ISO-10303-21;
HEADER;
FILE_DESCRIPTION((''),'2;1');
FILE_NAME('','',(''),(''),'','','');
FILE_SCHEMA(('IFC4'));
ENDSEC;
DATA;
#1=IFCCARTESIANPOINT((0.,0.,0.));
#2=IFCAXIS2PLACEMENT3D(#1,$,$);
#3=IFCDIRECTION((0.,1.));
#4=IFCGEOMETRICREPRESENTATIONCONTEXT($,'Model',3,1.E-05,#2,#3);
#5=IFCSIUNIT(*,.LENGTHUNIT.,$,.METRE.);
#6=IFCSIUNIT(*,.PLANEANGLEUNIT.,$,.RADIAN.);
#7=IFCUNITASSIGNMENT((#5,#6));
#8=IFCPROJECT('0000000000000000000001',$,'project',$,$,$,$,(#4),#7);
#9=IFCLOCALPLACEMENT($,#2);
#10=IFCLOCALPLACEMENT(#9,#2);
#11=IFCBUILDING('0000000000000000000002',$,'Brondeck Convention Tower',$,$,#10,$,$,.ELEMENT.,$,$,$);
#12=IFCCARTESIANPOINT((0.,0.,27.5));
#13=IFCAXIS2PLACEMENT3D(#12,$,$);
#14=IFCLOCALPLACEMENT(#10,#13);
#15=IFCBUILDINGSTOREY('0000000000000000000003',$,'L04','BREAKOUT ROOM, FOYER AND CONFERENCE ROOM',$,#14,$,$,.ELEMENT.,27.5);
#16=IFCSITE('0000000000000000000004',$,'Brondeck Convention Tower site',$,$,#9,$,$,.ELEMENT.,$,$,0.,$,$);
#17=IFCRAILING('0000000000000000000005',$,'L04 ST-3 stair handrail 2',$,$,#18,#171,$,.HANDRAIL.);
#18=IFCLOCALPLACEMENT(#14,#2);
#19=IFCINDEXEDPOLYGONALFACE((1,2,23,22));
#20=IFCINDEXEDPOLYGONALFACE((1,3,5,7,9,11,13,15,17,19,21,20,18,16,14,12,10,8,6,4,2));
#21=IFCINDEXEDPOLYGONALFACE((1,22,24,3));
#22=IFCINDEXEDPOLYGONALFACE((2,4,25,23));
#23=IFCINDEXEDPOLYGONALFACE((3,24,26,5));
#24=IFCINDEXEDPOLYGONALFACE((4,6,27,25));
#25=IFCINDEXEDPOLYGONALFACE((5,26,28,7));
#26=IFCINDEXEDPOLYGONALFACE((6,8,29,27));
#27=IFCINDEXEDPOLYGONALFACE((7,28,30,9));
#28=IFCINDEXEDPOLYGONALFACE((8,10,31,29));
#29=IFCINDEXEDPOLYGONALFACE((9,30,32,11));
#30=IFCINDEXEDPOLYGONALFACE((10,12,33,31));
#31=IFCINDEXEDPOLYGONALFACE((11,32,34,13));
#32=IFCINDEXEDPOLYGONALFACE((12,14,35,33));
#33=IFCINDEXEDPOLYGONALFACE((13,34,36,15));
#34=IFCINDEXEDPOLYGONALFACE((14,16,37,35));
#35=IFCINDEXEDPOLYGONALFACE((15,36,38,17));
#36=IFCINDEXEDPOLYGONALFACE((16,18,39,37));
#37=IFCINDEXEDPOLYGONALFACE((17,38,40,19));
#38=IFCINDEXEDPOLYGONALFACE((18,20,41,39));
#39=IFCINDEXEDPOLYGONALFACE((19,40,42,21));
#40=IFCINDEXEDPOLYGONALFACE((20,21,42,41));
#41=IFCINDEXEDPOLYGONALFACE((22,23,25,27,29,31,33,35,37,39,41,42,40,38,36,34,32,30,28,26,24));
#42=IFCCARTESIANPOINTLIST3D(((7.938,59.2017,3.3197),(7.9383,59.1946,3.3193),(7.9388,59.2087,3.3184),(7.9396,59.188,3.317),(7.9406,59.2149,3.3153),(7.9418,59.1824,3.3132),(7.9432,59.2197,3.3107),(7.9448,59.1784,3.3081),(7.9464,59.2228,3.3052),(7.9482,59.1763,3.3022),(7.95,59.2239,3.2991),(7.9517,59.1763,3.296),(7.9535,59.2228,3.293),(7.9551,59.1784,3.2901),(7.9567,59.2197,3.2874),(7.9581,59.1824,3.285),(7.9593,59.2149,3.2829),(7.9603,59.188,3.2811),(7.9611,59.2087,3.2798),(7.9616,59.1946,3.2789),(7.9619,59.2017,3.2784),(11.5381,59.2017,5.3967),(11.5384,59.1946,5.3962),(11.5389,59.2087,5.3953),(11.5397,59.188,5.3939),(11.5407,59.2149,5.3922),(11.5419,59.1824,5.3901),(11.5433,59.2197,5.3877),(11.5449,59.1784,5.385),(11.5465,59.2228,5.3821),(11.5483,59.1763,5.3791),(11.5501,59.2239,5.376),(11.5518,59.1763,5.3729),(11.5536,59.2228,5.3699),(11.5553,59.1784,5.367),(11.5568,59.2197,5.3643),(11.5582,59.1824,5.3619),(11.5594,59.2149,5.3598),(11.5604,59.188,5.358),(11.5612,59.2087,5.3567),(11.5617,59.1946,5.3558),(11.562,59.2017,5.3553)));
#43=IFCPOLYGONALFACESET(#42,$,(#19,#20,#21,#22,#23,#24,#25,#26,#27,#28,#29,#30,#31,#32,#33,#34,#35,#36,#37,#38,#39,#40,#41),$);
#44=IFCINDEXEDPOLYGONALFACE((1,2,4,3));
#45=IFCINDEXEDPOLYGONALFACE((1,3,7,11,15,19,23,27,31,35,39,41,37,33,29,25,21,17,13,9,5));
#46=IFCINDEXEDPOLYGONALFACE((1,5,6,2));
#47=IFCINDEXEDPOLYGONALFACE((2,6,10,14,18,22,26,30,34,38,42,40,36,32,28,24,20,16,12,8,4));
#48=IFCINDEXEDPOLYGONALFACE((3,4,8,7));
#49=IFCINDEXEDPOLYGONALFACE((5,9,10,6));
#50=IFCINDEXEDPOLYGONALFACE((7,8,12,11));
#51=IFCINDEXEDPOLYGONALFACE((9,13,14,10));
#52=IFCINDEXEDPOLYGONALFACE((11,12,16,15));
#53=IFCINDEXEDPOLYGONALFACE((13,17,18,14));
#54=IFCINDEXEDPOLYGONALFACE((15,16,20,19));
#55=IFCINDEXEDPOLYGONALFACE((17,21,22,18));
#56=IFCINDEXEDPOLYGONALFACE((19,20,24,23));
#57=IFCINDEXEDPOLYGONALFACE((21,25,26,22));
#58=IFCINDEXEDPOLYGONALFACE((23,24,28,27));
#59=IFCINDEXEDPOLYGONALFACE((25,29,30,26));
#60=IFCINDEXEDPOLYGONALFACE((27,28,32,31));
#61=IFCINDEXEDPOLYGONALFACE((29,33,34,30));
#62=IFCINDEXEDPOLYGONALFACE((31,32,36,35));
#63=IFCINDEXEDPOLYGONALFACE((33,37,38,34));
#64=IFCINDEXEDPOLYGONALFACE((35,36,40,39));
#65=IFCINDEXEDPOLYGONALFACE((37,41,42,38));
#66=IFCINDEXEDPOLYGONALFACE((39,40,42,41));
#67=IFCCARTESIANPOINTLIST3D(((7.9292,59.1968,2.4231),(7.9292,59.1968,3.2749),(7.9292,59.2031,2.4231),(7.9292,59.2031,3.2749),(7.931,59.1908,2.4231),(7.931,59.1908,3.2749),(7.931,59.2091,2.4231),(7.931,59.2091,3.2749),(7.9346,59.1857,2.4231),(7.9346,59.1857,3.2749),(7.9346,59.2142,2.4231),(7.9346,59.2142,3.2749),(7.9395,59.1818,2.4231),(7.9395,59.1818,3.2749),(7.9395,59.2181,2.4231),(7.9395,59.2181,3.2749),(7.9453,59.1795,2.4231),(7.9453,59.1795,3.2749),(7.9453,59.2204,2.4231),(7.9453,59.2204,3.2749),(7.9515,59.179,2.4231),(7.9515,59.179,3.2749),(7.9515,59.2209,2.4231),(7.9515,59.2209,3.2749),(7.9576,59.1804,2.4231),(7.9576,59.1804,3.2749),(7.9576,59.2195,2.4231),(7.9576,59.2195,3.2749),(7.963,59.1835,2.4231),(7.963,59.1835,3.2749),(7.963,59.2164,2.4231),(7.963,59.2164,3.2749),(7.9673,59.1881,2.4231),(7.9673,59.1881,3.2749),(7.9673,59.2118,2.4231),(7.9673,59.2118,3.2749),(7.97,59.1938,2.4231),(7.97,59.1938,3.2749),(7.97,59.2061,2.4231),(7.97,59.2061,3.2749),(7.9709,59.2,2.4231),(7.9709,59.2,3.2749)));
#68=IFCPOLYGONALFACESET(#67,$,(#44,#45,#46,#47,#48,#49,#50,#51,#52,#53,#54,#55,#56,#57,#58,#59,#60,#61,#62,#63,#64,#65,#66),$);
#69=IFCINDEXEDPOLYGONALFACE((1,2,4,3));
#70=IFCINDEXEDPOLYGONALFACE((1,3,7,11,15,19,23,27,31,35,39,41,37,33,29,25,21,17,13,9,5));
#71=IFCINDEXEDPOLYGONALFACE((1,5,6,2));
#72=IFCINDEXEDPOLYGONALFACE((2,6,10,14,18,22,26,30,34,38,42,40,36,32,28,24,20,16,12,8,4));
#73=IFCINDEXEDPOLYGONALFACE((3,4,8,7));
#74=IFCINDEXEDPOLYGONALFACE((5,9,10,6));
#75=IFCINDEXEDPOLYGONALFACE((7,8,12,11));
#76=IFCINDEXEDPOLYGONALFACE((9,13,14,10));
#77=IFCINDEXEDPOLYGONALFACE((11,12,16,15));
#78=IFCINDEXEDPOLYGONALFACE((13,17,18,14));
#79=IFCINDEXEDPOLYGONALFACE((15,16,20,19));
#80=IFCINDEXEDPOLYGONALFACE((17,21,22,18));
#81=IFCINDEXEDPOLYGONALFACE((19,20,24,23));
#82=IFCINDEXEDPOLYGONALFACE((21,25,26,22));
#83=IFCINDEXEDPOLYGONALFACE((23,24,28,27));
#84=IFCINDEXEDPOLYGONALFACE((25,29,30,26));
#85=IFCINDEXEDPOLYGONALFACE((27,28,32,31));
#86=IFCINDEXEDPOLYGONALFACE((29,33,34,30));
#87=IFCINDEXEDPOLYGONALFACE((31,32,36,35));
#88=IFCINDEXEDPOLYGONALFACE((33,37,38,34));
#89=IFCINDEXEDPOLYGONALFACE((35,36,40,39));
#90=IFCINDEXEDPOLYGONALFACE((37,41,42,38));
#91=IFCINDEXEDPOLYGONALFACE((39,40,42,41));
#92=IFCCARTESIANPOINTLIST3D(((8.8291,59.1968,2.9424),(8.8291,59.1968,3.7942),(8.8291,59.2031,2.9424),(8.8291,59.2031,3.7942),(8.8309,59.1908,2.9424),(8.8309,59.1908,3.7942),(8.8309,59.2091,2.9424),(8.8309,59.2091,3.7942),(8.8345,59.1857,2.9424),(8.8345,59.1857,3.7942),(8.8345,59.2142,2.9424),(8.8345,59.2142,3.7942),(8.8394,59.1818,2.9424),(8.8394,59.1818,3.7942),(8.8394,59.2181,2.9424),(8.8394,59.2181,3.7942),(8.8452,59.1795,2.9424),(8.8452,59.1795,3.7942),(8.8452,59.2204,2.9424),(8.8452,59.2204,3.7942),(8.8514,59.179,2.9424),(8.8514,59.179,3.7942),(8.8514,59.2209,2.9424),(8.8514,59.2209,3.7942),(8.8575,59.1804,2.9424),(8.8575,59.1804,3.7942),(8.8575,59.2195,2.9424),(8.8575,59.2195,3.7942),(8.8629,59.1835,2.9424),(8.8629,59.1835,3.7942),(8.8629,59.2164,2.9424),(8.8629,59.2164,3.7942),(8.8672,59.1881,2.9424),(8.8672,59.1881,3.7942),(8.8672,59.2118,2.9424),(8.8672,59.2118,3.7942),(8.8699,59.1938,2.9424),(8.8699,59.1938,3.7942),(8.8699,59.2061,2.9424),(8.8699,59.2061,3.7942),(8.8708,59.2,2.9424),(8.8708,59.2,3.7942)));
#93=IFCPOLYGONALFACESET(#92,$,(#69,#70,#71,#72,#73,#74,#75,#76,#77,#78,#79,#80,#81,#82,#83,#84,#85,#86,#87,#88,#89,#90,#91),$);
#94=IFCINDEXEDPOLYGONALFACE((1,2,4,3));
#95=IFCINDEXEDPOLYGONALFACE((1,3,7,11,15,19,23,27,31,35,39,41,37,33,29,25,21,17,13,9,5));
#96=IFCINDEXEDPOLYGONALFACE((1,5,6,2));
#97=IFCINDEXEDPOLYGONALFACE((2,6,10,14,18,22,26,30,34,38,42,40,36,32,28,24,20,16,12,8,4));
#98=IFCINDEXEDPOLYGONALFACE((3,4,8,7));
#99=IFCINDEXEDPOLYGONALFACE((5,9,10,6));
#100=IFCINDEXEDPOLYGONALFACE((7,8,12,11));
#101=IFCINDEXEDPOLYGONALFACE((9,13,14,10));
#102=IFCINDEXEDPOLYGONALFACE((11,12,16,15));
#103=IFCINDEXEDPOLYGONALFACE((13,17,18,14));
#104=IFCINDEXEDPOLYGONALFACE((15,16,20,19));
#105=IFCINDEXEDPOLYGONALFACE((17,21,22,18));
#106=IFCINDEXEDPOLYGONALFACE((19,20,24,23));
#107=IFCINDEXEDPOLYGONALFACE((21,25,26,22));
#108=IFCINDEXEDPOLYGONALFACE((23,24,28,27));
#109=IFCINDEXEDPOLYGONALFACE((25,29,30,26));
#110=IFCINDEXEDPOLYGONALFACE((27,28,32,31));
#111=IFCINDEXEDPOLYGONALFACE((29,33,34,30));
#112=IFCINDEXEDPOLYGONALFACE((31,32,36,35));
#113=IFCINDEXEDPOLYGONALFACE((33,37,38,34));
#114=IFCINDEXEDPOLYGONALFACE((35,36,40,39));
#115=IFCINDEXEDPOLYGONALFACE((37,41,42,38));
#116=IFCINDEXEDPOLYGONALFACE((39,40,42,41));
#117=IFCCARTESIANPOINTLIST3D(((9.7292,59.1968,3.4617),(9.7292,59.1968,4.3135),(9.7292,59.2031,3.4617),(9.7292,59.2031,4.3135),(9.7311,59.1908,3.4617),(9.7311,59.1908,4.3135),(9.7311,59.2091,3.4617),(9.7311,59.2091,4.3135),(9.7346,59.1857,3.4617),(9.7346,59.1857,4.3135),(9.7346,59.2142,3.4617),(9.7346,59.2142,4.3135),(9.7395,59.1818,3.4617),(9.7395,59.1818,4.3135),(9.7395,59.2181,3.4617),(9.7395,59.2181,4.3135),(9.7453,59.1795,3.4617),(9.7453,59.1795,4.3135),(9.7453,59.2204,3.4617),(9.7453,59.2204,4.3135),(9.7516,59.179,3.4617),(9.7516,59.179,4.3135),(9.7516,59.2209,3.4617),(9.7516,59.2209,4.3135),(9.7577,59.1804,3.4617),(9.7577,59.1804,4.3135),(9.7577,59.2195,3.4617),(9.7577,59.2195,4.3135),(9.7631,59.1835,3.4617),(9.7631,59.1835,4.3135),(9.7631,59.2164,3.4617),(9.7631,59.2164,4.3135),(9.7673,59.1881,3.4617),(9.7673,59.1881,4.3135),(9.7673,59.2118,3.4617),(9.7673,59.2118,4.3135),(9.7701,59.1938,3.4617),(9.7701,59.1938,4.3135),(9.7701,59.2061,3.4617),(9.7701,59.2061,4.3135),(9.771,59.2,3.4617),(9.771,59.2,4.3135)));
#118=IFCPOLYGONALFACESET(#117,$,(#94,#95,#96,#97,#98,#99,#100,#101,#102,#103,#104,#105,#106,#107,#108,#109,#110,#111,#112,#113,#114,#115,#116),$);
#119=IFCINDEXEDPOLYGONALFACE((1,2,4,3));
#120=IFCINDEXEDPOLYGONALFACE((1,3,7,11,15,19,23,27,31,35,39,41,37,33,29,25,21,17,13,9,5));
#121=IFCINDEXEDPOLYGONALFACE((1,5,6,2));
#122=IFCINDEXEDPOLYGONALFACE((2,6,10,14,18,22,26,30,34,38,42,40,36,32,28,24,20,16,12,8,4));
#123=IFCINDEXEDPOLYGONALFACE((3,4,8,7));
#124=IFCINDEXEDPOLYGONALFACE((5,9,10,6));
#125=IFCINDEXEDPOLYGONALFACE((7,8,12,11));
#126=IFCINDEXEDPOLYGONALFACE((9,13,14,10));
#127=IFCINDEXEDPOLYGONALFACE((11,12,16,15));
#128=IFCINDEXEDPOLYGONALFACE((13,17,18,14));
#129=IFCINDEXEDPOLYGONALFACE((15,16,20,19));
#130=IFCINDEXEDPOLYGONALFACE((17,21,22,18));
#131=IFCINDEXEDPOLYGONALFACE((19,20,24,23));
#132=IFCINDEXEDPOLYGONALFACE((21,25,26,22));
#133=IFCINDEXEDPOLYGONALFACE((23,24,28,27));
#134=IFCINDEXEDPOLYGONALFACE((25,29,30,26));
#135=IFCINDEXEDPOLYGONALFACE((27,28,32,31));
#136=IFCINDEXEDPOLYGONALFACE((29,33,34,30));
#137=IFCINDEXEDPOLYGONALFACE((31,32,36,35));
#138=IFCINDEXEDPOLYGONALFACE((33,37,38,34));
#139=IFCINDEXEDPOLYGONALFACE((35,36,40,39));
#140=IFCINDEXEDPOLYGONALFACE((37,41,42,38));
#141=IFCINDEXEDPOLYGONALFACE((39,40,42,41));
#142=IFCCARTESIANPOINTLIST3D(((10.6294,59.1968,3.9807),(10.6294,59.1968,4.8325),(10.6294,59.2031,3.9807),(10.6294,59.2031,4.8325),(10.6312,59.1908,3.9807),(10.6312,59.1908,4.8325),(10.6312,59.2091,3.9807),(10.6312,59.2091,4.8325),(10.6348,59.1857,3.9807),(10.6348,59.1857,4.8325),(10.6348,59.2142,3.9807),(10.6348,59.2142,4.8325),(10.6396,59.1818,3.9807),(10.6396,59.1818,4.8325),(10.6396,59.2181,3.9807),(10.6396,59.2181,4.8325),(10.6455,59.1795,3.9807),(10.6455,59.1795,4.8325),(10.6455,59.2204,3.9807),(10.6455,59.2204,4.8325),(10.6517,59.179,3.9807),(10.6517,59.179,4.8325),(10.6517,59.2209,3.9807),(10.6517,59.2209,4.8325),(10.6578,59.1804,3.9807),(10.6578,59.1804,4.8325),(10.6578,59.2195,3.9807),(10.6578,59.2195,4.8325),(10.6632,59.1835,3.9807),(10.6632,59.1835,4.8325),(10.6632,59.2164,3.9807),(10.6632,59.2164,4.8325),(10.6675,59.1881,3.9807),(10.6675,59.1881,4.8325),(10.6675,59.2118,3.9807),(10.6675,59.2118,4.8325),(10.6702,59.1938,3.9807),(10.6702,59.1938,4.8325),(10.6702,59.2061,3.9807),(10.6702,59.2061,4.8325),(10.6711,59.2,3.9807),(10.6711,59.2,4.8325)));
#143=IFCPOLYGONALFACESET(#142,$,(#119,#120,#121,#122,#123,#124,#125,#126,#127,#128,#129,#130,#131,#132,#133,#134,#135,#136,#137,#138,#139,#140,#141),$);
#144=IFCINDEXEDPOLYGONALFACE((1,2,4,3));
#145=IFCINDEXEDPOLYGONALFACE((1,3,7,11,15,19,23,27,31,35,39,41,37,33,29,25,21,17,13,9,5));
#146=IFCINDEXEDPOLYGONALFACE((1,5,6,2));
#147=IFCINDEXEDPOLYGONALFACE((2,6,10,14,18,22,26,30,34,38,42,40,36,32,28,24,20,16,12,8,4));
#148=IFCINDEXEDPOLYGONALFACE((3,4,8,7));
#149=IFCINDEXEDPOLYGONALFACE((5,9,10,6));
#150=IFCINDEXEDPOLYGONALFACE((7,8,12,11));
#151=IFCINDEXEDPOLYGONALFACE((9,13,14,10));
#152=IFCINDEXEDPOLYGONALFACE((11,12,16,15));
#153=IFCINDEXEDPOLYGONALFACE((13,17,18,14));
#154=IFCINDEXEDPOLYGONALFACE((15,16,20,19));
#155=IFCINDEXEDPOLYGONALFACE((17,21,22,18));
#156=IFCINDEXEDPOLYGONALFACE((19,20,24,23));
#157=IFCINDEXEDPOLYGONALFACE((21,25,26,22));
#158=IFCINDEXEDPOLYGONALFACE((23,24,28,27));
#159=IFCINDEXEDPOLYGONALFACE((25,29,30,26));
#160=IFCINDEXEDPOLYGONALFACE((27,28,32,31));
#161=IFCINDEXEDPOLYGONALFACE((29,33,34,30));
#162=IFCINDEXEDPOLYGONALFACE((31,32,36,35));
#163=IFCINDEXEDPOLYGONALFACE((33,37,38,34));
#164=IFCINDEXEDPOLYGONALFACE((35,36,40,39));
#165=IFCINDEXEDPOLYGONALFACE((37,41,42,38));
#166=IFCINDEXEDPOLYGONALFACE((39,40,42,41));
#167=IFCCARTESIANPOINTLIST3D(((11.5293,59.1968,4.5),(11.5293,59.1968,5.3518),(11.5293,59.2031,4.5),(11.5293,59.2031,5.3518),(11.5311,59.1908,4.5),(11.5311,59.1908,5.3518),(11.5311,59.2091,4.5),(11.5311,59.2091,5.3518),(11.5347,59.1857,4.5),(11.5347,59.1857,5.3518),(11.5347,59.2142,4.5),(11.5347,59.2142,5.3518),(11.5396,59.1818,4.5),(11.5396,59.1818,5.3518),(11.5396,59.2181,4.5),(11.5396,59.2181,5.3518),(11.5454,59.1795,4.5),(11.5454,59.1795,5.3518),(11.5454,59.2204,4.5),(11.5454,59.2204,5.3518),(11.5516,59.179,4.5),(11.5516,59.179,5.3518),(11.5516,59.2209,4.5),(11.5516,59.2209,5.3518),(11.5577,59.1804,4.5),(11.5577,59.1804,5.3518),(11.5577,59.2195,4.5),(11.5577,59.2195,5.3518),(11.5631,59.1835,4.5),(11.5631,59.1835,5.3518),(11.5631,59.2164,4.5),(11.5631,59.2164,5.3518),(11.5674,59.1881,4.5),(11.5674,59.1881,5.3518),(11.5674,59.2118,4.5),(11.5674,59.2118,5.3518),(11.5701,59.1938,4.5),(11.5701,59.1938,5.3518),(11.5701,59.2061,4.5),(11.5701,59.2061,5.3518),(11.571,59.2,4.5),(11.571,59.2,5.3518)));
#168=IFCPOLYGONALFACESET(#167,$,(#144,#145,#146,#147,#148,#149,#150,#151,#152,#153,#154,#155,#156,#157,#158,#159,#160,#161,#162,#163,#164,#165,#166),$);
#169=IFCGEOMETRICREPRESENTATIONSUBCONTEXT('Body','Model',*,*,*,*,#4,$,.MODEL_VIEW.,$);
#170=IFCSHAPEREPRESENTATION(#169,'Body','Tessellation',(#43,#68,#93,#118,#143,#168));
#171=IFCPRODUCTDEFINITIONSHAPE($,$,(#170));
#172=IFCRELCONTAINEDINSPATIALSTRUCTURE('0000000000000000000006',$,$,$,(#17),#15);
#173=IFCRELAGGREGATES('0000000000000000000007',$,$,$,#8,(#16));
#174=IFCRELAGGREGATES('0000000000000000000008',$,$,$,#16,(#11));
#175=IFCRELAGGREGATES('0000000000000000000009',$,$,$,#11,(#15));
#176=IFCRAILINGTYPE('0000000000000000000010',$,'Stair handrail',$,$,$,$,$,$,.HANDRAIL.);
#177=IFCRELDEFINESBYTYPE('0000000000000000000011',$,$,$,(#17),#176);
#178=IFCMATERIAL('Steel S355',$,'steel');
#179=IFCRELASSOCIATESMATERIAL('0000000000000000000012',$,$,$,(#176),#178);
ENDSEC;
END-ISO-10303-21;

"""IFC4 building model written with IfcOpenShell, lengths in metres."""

from ifc_helpers import new_model, si_unit, direction, frame, origin, origin_2d, place, context, subcontext, project, spatial, circle, extrude, material, type_object, element, save


model = new_model("IFC4")

# Units and contexts
model_context = context("Model", 3, precision=1e-05, world=origin(), true_north=direction((0.0, 1.0)))
body_context = subcontext(model_context, "Body", "Model", "MODEL_VIEW")
ifc_project = project(units=[si_unit("LENGTHUNIT", "METRE"), si_unit("PLANEANGLEUNIT", "RADIAN")], contexts=[model_context])

# Site, building, storey
site_placement = place(None, origin())
site = spatial("IfcSite", under=ifc_project, at=site_placement, Name="Brondeck Convention Tower site", CompositionType="ELEMENT", RefElevation=0.0)
building_placement = place(site_placement, origin())
building = spatial("IfcBuilding", under=site, at=building_placement, Name="Brondeck Convention Tower", CompositionType="ELEMENT")
storey_placement = place(building_placement, frame((0.0, 0.0, 27.5)))
storey = spatial("IfcBuildingStorey", under=building, at=storey_placement, Name="L04", Description="BREAKOUT ROOM, FOYER AND CONFERENCE ROOM", CompositionType="ELEMENT", Elevation=27.5)

# Railing
ifc_material_1 = material(Name="Steel S355", Category="steel")
railing_type_1 = type_object("IfcRailingType", Name="Stair handrail", PredefinedType="HANDRAIL", material=ifc_material_1)
railing_1_placement = place(storey_placement, frame((7.95, 59.2, 2.4231)))
element("IfcRailing", 1, at=railing_1_placement, inside=storey, type_object=railing_type_1, Name="L04 ST-3 stair handrail 2", PredefinedType="HANDRAIL", context=body_context, shape_type="SweptSolid", body=[
    extrude(circle(Radius=0.0239, at=origin_2d()), frame((0.0, 0.0, 0.876), z_axis=(0.866193, 0.0, 0.499709), x_axis=(0.0, 1.0, 0.0)), (0.0, 0.0, 1.0), 4.1562),
    extrude(circle(Radius=0.021, at=origin_2d()), origin(), (0.0, 0.0, 1.0), 0.8518),
    extrude(circle(Radius=0.021, at=origin_2d()), frame((0.8999, 0.0, 0.5193)), (0.0, 0.0, 1.0), 0.8518),
    extrude(circle(Radius=0.021, at=origin_2d()), frame((1.8, 0.0, 1.0386)), (0.0, 0.0, 1.0), 0.8518),
    extrude(circle(Radius=0.021, at=origin_2d()), frame((2.7002, 0.0, 1.5576)), (0.0, 0.0, 1.0), 0.8518),
    extrude(circle(Radius=0.021, at=origin_2d()), frame((3.6001, 0.0, 2.0769)), (0.0, 0.0, 1.0), 0.8518),
])

save(model, "model.ifc")
